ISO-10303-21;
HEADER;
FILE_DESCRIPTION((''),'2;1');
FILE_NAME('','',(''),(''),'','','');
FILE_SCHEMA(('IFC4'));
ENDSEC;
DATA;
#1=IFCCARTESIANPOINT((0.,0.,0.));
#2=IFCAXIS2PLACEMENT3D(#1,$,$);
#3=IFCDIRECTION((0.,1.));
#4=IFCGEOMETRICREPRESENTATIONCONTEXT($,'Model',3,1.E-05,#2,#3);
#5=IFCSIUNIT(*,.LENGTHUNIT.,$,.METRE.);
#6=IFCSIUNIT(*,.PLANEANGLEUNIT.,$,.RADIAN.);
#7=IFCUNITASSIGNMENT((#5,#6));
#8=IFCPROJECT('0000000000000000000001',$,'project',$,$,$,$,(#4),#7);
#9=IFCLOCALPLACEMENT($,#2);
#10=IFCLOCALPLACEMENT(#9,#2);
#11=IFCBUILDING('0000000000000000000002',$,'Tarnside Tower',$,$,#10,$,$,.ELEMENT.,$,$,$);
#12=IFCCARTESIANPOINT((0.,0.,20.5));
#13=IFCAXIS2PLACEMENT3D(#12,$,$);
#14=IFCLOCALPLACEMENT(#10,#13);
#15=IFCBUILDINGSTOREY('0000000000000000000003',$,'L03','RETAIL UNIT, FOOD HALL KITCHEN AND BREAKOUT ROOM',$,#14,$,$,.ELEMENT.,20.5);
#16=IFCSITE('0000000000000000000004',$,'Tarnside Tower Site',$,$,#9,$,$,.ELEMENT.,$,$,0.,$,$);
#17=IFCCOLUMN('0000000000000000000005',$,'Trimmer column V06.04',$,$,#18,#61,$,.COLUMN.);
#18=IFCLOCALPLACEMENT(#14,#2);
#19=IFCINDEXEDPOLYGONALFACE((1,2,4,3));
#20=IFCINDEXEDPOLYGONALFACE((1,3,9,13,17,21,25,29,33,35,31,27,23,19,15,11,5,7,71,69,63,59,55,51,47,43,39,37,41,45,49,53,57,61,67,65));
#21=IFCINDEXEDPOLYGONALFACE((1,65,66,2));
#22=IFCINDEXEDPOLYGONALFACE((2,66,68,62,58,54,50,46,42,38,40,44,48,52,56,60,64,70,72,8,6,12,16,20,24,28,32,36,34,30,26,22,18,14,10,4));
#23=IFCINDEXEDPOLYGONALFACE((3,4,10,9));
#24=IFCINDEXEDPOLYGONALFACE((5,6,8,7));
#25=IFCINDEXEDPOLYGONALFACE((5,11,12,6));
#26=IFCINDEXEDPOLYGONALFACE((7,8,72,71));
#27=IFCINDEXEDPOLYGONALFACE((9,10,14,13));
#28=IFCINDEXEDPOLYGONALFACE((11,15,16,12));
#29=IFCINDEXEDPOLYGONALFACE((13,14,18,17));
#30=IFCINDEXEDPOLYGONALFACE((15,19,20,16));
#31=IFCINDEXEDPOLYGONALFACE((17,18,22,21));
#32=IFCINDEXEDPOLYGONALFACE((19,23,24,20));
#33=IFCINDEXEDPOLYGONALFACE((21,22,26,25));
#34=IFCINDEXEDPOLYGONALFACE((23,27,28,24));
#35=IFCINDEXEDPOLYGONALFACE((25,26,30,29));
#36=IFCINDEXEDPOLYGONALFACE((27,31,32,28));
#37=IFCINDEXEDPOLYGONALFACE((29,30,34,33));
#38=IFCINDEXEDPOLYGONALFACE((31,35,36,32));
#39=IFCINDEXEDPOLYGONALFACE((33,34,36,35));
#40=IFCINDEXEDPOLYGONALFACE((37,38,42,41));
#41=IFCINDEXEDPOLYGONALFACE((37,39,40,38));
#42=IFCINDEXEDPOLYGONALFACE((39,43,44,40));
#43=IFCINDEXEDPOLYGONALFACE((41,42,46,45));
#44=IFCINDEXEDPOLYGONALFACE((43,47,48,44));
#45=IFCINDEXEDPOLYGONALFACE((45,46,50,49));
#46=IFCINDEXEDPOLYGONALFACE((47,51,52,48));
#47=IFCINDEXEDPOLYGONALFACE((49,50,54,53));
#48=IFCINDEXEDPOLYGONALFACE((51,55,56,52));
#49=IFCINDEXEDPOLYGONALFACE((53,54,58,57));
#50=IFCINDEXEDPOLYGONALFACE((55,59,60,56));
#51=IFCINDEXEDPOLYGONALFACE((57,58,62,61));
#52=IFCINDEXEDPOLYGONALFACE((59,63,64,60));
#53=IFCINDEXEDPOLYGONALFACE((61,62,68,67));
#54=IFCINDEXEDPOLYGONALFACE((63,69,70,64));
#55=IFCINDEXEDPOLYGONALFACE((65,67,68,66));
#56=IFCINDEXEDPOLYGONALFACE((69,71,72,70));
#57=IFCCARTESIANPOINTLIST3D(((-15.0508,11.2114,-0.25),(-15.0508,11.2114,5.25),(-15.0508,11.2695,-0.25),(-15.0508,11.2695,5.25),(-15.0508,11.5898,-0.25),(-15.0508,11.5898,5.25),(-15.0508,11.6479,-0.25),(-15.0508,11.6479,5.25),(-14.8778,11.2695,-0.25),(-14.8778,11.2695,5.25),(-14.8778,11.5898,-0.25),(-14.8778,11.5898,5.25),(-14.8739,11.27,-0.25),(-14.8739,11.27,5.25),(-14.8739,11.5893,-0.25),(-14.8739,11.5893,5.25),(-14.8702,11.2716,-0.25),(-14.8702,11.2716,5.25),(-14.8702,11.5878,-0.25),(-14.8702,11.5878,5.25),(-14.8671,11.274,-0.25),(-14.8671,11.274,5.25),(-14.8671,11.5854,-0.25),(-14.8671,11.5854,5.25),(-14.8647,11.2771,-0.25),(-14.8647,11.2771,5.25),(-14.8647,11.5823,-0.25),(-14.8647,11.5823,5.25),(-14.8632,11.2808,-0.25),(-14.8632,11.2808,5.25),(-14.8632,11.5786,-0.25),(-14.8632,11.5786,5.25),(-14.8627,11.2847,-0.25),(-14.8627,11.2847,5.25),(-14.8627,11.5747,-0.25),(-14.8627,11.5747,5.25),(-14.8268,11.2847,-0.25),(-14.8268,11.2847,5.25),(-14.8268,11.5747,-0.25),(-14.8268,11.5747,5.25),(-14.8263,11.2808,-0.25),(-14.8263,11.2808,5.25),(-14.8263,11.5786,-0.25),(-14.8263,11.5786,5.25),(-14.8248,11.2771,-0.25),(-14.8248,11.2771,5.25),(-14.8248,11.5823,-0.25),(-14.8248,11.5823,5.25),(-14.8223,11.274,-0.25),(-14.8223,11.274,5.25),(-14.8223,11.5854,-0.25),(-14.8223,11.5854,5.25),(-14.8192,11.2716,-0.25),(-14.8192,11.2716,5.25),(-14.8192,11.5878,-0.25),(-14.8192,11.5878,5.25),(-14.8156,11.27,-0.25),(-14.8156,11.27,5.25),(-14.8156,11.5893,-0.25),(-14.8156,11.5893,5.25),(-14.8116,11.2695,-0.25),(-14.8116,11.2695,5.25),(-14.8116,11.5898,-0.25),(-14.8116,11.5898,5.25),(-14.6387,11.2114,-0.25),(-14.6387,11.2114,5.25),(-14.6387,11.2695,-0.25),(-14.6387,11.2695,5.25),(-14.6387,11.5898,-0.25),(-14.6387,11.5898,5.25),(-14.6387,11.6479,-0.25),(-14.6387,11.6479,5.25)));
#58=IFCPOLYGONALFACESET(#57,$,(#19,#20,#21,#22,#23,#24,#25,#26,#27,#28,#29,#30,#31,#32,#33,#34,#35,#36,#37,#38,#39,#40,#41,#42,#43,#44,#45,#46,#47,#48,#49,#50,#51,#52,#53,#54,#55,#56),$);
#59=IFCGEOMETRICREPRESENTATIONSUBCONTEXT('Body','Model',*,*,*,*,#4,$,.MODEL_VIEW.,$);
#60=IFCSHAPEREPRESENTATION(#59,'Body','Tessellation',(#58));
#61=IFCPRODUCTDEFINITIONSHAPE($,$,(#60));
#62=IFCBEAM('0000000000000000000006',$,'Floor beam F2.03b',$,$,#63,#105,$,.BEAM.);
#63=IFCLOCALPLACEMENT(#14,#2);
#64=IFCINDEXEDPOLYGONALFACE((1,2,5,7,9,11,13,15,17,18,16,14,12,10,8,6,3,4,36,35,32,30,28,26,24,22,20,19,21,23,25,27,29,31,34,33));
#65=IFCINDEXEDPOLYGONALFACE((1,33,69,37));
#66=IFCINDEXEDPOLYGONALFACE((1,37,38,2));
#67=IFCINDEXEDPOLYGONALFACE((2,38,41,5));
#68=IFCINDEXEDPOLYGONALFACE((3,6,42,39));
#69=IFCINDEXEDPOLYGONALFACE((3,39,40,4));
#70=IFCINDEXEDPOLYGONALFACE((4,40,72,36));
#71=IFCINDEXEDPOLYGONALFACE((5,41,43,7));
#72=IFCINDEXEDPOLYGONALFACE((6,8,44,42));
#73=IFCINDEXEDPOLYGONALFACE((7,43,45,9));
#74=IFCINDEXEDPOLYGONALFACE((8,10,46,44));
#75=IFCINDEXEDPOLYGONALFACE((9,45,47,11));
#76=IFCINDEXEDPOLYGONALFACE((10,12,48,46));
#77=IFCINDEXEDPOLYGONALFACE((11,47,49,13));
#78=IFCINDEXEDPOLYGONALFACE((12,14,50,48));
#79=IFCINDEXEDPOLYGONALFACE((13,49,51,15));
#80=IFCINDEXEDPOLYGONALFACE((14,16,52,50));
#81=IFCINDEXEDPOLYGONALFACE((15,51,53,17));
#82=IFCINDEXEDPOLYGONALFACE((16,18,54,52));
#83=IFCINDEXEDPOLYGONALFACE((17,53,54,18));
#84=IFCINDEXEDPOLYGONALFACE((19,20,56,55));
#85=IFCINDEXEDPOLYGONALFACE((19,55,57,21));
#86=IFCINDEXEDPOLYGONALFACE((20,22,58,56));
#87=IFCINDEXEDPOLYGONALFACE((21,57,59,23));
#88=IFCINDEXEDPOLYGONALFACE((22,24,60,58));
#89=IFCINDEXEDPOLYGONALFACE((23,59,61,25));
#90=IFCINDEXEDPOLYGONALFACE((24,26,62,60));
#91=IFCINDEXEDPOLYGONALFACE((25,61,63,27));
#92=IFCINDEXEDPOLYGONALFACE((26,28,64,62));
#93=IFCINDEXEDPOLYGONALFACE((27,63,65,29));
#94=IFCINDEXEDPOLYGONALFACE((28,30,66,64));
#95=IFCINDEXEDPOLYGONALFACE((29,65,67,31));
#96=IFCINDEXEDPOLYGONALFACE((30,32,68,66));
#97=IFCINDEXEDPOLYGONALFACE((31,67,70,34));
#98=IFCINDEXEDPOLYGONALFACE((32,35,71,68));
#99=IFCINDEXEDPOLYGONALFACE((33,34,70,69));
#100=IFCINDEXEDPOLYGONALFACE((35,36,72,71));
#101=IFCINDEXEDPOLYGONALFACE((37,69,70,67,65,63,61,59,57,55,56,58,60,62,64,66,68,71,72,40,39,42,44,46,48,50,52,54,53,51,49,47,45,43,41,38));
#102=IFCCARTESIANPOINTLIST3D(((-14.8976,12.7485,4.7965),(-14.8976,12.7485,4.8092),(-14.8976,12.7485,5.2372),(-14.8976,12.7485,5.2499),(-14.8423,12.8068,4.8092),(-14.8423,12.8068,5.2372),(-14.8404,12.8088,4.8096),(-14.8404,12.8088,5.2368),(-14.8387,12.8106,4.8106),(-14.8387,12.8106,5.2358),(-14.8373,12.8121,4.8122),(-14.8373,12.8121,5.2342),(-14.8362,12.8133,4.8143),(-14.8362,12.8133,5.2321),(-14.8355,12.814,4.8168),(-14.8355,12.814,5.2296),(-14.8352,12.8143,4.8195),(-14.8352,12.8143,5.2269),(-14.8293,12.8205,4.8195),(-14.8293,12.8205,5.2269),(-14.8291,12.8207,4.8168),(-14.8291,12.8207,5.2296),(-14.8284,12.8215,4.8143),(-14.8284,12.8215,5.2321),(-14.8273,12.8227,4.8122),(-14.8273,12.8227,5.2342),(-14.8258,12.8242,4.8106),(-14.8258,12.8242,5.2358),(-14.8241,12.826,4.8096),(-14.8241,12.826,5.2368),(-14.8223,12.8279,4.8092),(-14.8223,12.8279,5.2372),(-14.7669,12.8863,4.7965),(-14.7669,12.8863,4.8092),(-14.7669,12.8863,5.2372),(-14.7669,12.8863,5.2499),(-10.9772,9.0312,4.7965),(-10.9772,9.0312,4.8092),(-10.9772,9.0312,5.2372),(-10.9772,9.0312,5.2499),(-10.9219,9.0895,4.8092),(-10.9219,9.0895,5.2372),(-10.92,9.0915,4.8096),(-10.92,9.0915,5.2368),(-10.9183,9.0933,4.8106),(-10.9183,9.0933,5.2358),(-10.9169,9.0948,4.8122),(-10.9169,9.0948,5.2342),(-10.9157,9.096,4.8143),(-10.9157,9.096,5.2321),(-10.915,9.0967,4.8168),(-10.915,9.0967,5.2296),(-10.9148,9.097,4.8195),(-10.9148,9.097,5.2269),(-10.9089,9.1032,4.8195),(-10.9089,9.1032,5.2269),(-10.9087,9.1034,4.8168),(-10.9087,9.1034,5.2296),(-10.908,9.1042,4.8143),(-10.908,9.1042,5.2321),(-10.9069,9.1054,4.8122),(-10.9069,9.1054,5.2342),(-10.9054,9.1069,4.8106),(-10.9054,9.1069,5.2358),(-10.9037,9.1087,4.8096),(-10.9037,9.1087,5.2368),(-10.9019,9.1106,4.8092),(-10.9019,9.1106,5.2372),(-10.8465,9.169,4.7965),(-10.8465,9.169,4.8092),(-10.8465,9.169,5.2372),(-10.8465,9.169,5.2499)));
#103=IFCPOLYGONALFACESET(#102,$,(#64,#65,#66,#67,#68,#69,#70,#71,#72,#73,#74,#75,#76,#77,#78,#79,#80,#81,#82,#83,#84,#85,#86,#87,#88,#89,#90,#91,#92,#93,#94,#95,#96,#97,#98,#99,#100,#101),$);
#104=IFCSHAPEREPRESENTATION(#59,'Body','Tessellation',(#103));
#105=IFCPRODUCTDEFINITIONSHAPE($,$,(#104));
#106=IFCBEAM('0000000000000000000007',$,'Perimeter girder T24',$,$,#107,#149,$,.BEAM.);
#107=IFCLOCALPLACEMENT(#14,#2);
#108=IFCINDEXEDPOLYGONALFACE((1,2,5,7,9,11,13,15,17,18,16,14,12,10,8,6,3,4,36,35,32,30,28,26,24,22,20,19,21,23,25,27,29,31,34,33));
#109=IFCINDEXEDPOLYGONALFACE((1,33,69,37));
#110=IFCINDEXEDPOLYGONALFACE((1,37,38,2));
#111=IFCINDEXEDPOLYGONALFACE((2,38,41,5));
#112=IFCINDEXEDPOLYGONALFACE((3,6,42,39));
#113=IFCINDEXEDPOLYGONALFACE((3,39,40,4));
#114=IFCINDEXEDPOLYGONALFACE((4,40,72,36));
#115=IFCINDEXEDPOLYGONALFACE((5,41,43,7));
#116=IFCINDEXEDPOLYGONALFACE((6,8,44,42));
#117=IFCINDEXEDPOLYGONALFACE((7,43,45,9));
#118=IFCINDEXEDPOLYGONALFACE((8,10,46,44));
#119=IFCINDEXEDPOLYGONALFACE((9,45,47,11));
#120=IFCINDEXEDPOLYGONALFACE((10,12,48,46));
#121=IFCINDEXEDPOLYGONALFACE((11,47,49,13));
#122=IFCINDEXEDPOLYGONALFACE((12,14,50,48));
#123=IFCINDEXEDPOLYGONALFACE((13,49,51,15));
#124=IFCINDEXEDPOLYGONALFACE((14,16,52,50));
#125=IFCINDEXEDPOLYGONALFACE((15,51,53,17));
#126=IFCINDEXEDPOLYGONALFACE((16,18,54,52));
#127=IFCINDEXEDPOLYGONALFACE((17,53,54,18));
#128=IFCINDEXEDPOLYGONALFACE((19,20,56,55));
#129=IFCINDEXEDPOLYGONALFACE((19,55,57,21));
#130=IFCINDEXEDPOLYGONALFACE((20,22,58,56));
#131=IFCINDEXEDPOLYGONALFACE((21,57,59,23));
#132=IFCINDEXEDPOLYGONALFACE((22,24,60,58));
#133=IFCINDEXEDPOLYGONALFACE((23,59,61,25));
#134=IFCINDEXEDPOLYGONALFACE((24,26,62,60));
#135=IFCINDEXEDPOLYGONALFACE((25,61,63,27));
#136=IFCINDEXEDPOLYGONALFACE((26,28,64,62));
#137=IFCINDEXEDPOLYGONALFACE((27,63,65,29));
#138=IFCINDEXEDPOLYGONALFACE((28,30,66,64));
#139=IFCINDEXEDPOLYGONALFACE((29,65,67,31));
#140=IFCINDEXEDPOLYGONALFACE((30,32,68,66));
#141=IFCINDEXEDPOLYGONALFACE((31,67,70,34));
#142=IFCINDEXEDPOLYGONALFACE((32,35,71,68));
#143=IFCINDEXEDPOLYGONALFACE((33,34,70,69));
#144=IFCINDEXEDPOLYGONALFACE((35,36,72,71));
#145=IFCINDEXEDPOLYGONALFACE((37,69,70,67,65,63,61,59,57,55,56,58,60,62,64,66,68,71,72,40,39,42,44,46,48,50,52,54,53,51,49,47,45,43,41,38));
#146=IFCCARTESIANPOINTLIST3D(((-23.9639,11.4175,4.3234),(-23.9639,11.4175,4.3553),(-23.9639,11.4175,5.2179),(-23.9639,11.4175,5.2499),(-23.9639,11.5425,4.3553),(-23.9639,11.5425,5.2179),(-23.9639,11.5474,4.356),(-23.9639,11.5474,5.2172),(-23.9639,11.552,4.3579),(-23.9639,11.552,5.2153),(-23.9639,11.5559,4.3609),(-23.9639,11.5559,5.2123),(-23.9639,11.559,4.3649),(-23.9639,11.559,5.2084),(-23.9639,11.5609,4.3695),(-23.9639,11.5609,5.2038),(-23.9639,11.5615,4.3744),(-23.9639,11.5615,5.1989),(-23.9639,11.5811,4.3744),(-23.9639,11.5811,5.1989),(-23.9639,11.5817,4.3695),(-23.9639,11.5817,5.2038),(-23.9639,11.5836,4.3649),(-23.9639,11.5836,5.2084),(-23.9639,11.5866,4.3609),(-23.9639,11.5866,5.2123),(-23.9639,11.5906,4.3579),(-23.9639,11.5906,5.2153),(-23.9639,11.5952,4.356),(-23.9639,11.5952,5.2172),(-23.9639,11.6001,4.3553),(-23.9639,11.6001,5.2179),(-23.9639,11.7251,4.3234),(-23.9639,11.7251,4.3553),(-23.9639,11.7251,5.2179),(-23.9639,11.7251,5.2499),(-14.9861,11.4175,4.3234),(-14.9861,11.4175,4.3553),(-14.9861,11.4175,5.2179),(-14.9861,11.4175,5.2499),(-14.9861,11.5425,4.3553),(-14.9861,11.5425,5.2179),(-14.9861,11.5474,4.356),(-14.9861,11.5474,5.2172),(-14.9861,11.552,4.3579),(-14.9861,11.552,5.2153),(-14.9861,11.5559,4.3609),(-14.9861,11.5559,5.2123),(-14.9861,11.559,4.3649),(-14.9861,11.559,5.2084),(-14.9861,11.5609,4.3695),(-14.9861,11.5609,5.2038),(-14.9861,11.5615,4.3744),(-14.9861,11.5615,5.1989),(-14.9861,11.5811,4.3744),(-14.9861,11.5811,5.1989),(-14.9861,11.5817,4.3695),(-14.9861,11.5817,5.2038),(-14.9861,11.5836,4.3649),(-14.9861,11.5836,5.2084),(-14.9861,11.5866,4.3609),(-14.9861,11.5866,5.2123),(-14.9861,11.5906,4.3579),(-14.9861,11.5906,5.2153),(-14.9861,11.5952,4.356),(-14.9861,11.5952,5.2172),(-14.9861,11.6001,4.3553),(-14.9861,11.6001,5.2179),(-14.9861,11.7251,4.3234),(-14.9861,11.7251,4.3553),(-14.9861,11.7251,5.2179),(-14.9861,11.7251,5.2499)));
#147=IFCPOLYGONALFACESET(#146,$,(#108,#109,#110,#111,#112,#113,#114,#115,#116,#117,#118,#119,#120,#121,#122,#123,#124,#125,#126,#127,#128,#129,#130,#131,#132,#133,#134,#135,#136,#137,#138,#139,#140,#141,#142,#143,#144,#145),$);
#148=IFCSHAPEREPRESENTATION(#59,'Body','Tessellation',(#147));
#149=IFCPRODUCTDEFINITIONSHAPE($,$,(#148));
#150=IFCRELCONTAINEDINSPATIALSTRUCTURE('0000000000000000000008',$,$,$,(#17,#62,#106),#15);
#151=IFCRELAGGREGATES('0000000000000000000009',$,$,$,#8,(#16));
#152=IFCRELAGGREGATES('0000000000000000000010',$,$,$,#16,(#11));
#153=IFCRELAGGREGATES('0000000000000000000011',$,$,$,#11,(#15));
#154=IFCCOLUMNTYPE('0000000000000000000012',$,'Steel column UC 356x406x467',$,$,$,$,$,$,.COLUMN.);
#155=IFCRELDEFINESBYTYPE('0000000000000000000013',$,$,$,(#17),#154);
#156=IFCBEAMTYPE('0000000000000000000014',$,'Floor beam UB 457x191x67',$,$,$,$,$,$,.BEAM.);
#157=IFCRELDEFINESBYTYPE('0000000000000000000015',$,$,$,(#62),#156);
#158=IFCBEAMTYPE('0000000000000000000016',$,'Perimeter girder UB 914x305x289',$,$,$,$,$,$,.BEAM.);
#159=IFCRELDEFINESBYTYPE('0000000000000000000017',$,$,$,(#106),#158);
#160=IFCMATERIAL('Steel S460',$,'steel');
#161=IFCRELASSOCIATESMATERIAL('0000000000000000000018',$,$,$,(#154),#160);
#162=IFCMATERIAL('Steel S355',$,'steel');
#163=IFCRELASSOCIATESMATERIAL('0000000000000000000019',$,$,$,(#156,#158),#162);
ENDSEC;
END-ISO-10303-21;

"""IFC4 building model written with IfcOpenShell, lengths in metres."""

from ifc_helpers import new_model, si_unit, direction, frame, origin, origin_2d, place, context, subcontext, project, spatial, i_section, extrude, material, material_profile, profile_set, type_object, element, save


model = new_model("IFC4")

# Units and contexts
model_context = context("Model", 3, precision=1e-05, world=origin(), true_north=direction((0.0, 1.0)))
body_context = subcontext(model_context, "Body", "Model", "MODEL_VIEW")
ifc_project = project(units=[si_unit("LENGTHUNIT", "METRE"), si_unit("PLANEANGLEUNIT", "RADIAN")], contexts=[model_context])

# Site, building, storey
site_placement = place(None, origin())
site = spatial("IfcSite", under=ifc_project, at=site_placement, Name="Tarnside Tower Site", CompositionType="ELEMENT", RefElevation=0.0)
building_placement = place(site_placement, origin())
building = spatial("IfcBuilding", under=site, at=building_placement, Name="Tarnside Tower", CompositionType="ELEMENT")
storey_placement = place(building_placement, frame((0.0, 0.0, 20.5)))
storey = spatial("IfcBuildingStorey", under=building, at=storey_placement, Name="L03", Description="RETAIL UNIT, FOOD HALL KITCHEN AND BREAKOUT ROOM", CompositionType="ELEMENT", Elevation=20.5)

# Column
ifc_material_1 = material(Name="Steel S460", Category="steel")
ifc_material_profile_1 = material_profile(ifc_material_1, i_section(OverallWidth=0.4121, OverallDepth=0.4365, WebThickness=0.0359, FlangeThickness=0.0581, FilletRadius=0.0151, at=origin_2d()), Name="UC 356x406x467")
ifc_profile_set_1 = profile_set([ifc_material_profile_1], Name="Steel S460")
column_type = type_object("IfcColumnType", Name="Steel column UC 356x406x467", PredefinedType="COLUMN", material=ifc_profile_set_1)
column_placement = place(storey_placement, frame((-14.8447, 11.4297, -0.25), z_axis=(0.0, 0.0, 1.0), x_axis=(1.0, 0.0, 0.0)))
element("IfcColumn", 1, at=column_placement, inside=storey, type_object=column_type, Name="Trimmer column V06.04", PredefinedType="COLUMN", context=body_context, shape_type="SweptSolid", body=[
    extrude(i_section(OverallWidth=0.4121, OverallDepth=0.4365, WebThickness=0.0359, FlangeThickness=0.0581, FilletRadius=0.0151, at=origin_2d()), origin(), (0.0, 0.0, 1.0), 5.5),
])

# Beams
ifc_material_2 = material(Name="Steel S355", Category="steel")
ifc_material_profile_2 = material_profile(ifc_material_2, i_section(OverallWidth=0.1899, OverallDepth=0.4534, WebThickness=0.0085, FlangeThickness=0.0127, FilletRadius=0.0103, at=origin_2d()), Name="UB 457x191x67")
ifc_profile_set_2 = profile_set([ifc_material_profile_2], Name="Steel S355")
beam_type_1 = type_object("IfcBeamType", Name="Floor beam UB 457x191x67", PredefinedType="BEAM", material=ifc_profile_set_2)
beam_1_placement = place(storey_placement, frame((-14.8323, 12.8174, 5.0232), z_axis=(0.725656, -0.688058, 0.0), x_axis=(0.688058, 0.725656, 0.0)))
element("IfcBeam", 2, at=beam_1_placement, inside=storey, type_object=beam_type_1, Name="Floor beam F2.03b", PredefinedType="BEAM", context=body_context, shape_type="SweptSolid", body=[
    extrude(i_section(OverallWidth=0.1899, OverallDepth=0.4534, WebThickness=0.0085, FlangeThickness=0.0127, FilletRadius=0.0103, at=origin_2d()), origin(), (0.0, 0.0, 1.0), 5.4026),
])
ifc_material_profile_3 = material_profile(ifc_material_2, i_section(OverallWidth=0.3076, OverallDepth=0.9265, WebThickness=0.0195, FlangeThickness=0.032, FilletRadius=0.019, at=origin_2d()), Name="UB 914x305x289")
ifc_profile_set_3 = profile_set([ifc_material_profile_3], Name="Steel S355")
beam_type_2 = type_object("IfcBeamType", Name="Perimeter girder UB 914x305x289", PredefinedType="BEAM", material=ifc_profile_set_3)
beam_2_placement = place(storey_placement, frame((-14.9861, 11.5713, 4.7866), z_axis=(-1.0, 0.0, 0.0), x_axis=(0.0, -1.0, 0.0)))
element("IfcBeam", 3, at=beam_2_placement, inside=storey, type_object=beam_type_2, Name="Perimeter girder T24", PredefinedType="BEAM", context=body_context, shape_type="SweptSolid", body=[
    extrude(i_section(OverallWidth=0.3076, OverallDepth=0.9265, WebThickness=0.0195, FlangeThickness=0.032, FilletRadius=0.019, at=origin_2d()), origin(), (0.0, 0.0, 1.0), 8.9778),
])

save(model, "model.ifc")
